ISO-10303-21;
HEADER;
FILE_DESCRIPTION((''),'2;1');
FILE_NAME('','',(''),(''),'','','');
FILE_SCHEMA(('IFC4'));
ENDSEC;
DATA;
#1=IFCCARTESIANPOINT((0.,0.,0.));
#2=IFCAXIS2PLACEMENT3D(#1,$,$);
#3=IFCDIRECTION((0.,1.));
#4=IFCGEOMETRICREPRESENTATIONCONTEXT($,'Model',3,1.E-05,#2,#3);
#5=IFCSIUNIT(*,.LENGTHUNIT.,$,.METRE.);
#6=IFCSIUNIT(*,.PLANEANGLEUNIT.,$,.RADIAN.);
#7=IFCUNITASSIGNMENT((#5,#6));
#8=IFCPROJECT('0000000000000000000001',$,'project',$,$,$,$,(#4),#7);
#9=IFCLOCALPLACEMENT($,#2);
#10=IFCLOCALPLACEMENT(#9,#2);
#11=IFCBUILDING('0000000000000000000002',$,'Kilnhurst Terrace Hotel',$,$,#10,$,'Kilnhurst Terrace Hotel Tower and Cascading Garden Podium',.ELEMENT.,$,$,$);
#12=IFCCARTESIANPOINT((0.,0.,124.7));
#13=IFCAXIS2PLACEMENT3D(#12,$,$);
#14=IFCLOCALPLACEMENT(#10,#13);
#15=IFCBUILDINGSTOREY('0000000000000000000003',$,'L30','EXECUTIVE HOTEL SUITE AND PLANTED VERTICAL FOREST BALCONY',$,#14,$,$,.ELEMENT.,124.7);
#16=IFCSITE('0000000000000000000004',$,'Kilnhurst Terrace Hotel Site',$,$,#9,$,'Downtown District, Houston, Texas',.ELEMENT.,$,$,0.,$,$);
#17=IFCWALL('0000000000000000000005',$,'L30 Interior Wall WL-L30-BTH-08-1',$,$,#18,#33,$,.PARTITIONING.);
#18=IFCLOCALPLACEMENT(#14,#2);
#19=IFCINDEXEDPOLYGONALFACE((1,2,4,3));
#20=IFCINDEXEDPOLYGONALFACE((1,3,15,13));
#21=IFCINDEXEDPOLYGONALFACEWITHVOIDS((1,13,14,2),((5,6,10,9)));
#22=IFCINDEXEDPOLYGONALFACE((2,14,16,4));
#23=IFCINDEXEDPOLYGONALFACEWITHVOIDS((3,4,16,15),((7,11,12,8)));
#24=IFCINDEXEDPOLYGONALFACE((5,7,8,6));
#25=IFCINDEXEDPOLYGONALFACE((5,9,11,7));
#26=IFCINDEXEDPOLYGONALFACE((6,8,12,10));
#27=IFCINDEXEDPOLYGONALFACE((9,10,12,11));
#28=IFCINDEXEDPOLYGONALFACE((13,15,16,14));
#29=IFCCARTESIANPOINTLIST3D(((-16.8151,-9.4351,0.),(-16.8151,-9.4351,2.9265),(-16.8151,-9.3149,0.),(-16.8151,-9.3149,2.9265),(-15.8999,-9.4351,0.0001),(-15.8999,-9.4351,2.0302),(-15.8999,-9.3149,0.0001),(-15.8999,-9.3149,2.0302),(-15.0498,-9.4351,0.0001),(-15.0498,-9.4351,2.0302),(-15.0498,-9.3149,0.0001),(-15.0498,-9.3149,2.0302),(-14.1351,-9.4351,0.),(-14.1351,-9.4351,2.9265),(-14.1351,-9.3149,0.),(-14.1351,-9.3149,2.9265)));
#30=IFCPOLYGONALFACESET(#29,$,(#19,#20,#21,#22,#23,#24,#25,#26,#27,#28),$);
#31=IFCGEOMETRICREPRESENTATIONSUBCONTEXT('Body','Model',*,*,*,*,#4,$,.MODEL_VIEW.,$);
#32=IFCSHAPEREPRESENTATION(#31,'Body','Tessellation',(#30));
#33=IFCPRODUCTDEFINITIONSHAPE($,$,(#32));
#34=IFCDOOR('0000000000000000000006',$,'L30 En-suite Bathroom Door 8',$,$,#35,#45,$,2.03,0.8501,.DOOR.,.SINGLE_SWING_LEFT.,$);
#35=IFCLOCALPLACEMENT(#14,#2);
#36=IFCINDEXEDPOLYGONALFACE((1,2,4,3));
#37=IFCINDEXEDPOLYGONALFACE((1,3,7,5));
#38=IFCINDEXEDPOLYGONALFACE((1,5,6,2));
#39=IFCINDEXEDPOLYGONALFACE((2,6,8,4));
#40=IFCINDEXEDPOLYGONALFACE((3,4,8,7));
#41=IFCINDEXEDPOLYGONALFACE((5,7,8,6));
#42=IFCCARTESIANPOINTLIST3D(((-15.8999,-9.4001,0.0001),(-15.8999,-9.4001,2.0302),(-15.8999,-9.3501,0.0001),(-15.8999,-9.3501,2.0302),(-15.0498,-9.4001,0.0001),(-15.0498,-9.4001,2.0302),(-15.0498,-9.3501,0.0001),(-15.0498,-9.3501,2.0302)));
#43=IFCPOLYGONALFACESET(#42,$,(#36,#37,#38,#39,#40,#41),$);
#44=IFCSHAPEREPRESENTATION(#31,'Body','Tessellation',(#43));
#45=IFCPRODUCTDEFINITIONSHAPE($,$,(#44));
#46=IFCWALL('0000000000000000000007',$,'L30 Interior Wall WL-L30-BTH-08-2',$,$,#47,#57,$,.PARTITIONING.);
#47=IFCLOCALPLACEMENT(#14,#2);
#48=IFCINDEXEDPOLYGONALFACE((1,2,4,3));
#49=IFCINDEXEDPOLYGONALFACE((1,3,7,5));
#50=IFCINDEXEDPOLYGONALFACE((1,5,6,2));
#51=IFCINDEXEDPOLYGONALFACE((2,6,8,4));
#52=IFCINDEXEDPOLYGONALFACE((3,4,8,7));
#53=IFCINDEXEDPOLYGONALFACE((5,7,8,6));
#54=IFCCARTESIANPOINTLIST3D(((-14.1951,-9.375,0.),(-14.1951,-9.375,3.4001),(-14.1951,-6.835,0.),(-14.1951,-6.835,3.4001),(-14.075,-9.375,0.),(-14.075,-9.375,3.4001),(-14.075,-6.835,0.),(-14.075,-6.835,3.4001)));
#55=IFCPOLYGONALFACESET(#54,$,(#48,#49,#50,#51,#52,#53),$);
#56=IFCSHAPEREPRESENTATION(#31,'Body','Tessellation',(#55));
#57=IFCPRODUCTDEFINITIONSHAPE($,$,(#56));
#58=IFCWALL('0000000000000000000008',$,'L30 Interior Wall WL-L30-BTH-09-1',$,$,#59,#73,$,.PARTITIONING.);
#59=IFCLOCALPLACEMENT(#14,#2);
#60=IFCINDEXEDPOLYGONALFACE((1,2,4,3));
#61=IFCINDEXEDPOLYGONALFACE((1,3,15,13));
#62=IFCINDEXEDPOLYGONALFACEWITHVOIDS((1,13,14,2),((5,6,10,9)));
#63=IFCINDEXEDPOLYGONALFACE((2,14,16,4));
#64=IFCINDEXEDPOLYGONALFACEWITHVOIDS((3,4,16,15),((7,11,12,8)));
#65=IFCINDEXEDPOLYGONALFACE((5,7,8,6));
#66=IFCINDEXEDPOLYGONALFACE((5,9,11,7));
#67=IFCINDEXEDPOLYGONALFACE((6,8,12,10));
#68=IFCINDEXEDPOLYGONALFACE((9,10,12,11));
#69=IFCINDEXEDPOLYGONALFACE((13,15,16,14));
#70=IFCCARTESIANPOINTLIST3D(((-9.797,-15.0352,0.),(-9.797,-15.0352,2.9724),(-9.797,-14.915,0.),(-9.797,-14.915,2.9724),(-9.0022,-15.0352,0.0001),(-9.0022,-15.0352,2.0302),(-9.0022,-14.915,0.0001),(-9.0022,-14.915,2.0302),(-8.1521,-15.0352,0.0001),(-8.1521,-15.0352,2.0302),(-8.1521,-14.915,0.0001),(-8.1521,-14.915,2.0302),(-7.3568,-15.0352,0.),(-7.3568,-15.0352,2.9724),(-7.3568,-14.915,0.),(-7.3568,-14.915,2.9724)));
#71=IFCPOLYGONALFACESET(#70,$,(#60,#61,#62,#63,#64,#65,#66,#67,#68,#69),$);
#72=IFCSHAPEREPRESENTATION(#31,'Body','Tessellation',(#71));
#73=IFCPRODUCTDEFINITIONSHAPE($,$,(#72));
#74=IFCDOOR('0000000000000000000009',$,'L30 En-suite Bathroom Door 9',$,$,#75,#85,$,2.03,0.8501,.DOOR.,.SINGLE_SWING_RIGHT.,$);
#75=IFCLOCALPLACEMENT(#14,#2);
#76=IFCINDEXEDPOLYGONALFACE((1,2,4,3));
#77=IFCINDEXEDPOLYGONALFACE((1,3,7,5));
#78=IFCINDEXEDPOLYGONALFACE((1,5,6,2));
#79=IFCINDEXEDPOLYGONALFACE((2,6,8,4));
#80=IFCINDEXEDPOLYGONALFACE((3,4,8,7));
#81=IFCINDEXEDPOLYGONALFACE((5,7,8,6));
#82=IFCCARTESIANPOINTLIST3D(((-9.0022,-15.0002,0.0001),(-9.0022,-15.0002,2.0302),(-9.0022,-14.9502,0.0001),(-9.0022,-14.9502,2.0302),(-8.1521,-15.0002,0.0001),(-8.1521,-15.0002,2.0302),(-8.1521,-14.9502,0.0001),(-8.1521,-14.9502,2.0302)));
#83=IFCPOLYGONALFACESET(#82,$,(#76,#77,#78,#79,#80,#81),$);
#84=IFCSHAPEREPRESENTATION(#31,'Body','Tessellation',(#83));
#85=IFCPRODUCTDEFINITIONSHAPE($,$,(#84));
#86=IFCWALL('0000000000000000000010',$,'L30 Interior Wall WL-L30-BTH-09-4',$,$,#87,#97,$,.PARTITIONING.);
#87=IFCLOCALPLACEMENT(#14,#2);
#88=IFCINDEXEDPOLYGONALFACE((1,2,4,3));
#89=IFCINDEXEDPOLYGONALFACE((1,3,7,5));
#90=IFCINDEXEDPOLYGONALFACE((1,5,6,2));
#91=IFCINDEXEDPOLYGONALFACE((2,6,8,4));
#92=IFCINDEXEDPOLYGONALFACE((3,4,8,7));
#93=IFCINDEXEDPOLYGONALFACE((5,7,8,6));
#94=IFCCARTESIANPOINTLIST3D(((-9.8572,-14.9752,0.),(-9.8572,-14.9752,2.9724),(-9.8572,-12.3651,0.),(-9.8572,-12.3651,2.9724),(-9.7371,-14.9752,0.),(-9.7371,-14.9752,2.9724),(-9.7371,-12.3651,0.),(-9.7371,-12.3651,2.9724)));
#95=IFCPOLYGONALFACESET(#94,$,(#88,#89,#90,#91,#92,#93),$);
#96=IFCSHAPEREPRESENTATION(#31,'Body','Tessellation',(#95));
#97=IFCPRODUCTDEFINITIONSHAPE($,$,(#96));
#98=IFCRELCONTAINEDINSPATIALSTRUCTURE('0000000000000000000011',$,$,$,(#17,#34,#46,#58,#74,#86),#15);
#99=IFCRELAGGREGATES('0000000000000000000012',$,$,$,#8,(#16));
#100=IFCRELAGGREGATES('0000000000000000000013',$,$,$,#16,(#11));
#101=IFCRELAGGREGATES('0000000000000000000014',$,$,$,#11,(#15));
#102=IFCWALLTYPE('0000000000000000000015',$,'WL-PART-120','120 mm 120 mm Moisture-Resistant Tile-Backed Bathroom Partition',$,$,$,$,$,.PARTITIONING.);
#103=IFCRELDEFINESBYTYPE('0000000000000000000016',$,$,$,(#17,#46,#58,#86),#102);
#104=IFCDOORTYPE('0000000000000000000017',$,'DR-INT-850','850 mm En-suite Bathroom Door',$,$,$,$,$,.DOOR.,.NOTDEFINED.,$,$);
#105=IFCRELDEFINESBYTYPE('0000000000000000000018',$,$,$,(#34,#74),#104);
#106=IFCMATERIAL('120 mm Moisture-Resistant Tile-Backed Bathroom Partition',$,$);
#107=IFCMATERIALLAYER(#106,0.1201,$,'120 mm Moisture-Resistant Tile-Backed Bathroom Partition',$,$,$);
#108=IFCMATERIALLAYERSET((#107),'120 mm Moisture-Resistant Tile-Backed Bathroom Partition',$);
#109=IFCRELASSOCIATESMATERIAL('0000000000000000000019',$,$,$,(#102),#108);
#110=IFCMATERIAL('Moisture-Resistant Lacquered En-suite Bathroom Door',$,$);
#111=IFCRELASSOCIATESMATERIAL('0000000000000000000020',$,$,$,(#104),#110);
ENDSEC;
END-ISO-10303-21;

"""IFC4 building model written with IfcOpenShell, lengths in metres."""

from ifc_helpers import new_model, si_unit, direction, frame, frame_2d, origin, place, context, subcontext, project, spatial, rectangle, extrude, material, layer, layer_set, type_object, element, fill, save


model = new_model("IFC4")

# Units and contexts
model_context = context("Model", 3, precision=1e-05, world=origin(), true_north=direction((0.0, 1.0)))
body_context = subcontext(model_context, "Body", "Model", "MODEL_VIEW")
ifc_project = project(units=[si_unit("LENGTHUNIT", "METRE"), si_unit("PLANEANGLEUNIT", "RADIAN")], contexts=[model_context])

# Site, building, storey
site_placement = place(None, origin())
site = spatial("IfcSite", under=ifc_project, at=site_placement, Name="Kilnhurst Terrace Hotel Site", LongName="Downtown District, Houston, Texas", CompositionType="ELEMENT", RefElevation=0.0)
building_placement = place(site_placement, origin())
building = spatial("IfcBuilding", under=site, at=building_placement, Name="Kilnhurst Terrace Hotel", LongName="Kilnhurst Terrace Hotel Tower and Cascading Garden Podium", CompositionType="ELEMENT")
storey_placement = place(building_placement, frame((0.0, 0.0, 124.7)))
storey = spatial("IfcBuildingStorey", under=building, at=storey_placement, Name="L30", Description="EXECUTIVE HOTEL SUITE AND PLANTED VERTICAL FOREST BALCONY", CompositionType="ELEMENT", Elevation=124.7)

# Wall, opening, door
ifc_material_1 = material(Name="120 mm Moisture-Resistant Tile-Backed Bathroom Partition")
ifc_layer_1 = layer(ifc_material_1, 0.1201, Name="120 mm Moisture-Resistant Tile-Backed Bathroom Partition")
ifc_layer_set_1 = layer_set([ifc_layer_1], Name="120 mm Moisture-Resistant Tile-Backed Bathroom Partition")
wall_type_1 = type_object("IfcWallType", Name="WL-PART-120", Description="120 mm 120 mm Moisture-Resistant Tile-Backed Bathroom Partition", PredefinedType="PARTITIONING", material=ifc_layer_set_1)
wall_1_placement = place(storey_placement, frame((-16.8149, -9.375, 0.0), z_axis=(0.0, 0.0, 1.0), x_axis=(1.0, 0.0, 0.0)))
wall_1 = element("IfcWall", 1, at=wall_1_placement, inside=storey, type_object=wall_type_1, Name="L30 Interior Wall WL-L30-BTH-08-1", PredefinedType="PARTITIONING", context=body_context, shape_type="SweptSolid", body=[
    extrude(rectangle(XDim=2.6799, YDim=0.1201, at=frame_2d((1.3398, 0.0))), origin(), (0.0, 0.0, 1.0), 2.9265),
])
opening_1_placement = place(wall_1_placement, frame((0.915, 0.0, 0.0)))
opening_1 = element("IfcOpeningElement", 2, at=opening_1_placement, cuts=wall_1, PredefinedType="OPENING", context=body_context, shape_type="SweptSolid", body=[
    extrude(rectangle(XDim=0.8501, YDim=2.03, at=frame_2d((0.425, 1.0151))), frame((0.0, 0.0701, 0.0), z_axis=(0.0, -1.0, 0.0), x_axis=(1.0, 0.0, 0.0)), (0.0, 0.0, 1.0), 0.1401),
])
ifc_material_2 = material(Name="Moisture-Resistant Lacquered En-suite Bathroom Door")
door_type_1 = type_object("IfcDoorType", Name="DR-INT-850", Description="850 mm En-suite Bathroom Door", OperationType="NOTDEFINED", PredefinedType="DOOR", material=ifc_material_2)
door_1_placement = place(opening_1_placement, origin())
door_1 = element("IfcDoor", 3, at=door_1_placement, inside=storey, type_object=door_type_1, Name="L30 En-suite Bathroom Door 8", OperationType="SINGLE_SWING_LEFT", OverallHeight=2.03, OverallWidth=0.8501, PredefinedType="DOOR", context=body_context, shape_type="SweptSolid", body=[
    extrude(rectangle(XDim=0.8501, YDim=2.03, at=frame_2d((0.425, 1.0151))), frame((0.0, 0.0249, 0.0), z_axis=(0.0, -1.0, 0.0), x_axis=(1.0, 0.0, 0.0)), (0.0, 0.0, 1.0), 0.05),
])
fill(opening_1, door_1)

# Wall
wall_2_placement = place(storey_placement, frame((-14.135, -9.375, 0.0), z_axis=(0.0, 0.0, 1.0), x_axis=(0.0, 1.0, 0.0)))
element("IfcWall", 4, at=wall_2_placement, inside=storey, type_object=wall_type_1, Name="L30 Interior Wall WL-L30-BTH-08-2", PredefinedType="PARTITIONING", context=body_context, shape_type="SweptSolid", body=[
    extrude(rectangle(XDim=2.54, YDim=0.1201, at=frame_2d((1.27, 0.0))), origin(), (0.0, 0.0, 1.0), 3.4001),
])

# Wall, opening, door
wall_3_placement = place(storey_placement, frame((-9.7971, -14.9751, 0.0), z_axis=(0.0, 0.0, 1.0), x_axis=(1.0, 0.0, 0.0)))
wall_3 = element("IfcWall", 5, at=wall_3_placement, inside=storey, type_object=wall_type_1, Name="L30 Interior Wall WL-L30-BTH-09-1", PredefinedType="PARTITIONING", context=body_context, shape_type="SweptSolid", body=[
    extrude(rectangle(XDim=2.4402, YDim=0.1201, at=frame_2d((1.2202, 0.0))), origin(), (0.0, 0.0, 1.0), 2.9724),
])
opening_2_placement = place(wall_3_placement, frame((0.7949, 0.0, 0.0)))
opening_2 = element("IfcOpeningElement", 6, at=opening_2_placement, cuts=wall_3, PredefinedType="OPENING", context=body_context, shape_type="SweptSolid", body=[
    extrude(rectangle(XDim=0.8501, YDim=2.03, at=frame_2d((0.425, 1.0151))), frame((0.0, 0.0701, 0.0), z_axis=(0.0, -1.0, 0.0), x_axis=(1.0, 0.0, 0.0)), (0.0, 0.0, 1.0), 0.1401),
])
door_2_placement = place(opening_2_placement, origin())
door_2 = element("IfcDoor", 7, at=door_2_placement, inside=storey, type_object=door_type_1, Name="L30 En-suite Bathroom Door 9", OperationType="SINGLE_SWING_RIGHT", OverallHeight=2.03, OverallWidth=0.8501, PredefinedType="DOOR", context=body_context, shape_type="SweptSolid", body=[
    extrude(rectangle(XDim=0.8501, YDim=2.03, at=frame_2d((0.425, 1.0151))), frame((0.0, 0.0249, 0.0), z_axis=(0.0, -1.0, 0.0), x_axis=(1.0, 0.0, 0.0)), (0.0, 0.0, 1.0), 0.05),
])
fill(opening_2, door_2)

# Wall
wall_4_placement = place(storey_placement, frame((-9.7971, -12.365, 0.0), z_axis=(0.0, 0.0, 1.0), x_axis=(0.0, -1.0, 0.0)))
element("IfcWall", 8, at=wall_4_placement, inside=storey, type_object=wall_type_1, Name="L30 Interior Wall WL-L30-BTH-09-4", PredefinedType="PARTITIONING", context=body_context, shape_type="SweptSolid", body=[
    extrude(rectangle(XDim=2.6101, YDim=0.1201, at=frame_2d((1.3052, 0.0))), origin(), (0.0, 0.0, 1.0), 2.9724),
])

save(model, "model.ifc")
